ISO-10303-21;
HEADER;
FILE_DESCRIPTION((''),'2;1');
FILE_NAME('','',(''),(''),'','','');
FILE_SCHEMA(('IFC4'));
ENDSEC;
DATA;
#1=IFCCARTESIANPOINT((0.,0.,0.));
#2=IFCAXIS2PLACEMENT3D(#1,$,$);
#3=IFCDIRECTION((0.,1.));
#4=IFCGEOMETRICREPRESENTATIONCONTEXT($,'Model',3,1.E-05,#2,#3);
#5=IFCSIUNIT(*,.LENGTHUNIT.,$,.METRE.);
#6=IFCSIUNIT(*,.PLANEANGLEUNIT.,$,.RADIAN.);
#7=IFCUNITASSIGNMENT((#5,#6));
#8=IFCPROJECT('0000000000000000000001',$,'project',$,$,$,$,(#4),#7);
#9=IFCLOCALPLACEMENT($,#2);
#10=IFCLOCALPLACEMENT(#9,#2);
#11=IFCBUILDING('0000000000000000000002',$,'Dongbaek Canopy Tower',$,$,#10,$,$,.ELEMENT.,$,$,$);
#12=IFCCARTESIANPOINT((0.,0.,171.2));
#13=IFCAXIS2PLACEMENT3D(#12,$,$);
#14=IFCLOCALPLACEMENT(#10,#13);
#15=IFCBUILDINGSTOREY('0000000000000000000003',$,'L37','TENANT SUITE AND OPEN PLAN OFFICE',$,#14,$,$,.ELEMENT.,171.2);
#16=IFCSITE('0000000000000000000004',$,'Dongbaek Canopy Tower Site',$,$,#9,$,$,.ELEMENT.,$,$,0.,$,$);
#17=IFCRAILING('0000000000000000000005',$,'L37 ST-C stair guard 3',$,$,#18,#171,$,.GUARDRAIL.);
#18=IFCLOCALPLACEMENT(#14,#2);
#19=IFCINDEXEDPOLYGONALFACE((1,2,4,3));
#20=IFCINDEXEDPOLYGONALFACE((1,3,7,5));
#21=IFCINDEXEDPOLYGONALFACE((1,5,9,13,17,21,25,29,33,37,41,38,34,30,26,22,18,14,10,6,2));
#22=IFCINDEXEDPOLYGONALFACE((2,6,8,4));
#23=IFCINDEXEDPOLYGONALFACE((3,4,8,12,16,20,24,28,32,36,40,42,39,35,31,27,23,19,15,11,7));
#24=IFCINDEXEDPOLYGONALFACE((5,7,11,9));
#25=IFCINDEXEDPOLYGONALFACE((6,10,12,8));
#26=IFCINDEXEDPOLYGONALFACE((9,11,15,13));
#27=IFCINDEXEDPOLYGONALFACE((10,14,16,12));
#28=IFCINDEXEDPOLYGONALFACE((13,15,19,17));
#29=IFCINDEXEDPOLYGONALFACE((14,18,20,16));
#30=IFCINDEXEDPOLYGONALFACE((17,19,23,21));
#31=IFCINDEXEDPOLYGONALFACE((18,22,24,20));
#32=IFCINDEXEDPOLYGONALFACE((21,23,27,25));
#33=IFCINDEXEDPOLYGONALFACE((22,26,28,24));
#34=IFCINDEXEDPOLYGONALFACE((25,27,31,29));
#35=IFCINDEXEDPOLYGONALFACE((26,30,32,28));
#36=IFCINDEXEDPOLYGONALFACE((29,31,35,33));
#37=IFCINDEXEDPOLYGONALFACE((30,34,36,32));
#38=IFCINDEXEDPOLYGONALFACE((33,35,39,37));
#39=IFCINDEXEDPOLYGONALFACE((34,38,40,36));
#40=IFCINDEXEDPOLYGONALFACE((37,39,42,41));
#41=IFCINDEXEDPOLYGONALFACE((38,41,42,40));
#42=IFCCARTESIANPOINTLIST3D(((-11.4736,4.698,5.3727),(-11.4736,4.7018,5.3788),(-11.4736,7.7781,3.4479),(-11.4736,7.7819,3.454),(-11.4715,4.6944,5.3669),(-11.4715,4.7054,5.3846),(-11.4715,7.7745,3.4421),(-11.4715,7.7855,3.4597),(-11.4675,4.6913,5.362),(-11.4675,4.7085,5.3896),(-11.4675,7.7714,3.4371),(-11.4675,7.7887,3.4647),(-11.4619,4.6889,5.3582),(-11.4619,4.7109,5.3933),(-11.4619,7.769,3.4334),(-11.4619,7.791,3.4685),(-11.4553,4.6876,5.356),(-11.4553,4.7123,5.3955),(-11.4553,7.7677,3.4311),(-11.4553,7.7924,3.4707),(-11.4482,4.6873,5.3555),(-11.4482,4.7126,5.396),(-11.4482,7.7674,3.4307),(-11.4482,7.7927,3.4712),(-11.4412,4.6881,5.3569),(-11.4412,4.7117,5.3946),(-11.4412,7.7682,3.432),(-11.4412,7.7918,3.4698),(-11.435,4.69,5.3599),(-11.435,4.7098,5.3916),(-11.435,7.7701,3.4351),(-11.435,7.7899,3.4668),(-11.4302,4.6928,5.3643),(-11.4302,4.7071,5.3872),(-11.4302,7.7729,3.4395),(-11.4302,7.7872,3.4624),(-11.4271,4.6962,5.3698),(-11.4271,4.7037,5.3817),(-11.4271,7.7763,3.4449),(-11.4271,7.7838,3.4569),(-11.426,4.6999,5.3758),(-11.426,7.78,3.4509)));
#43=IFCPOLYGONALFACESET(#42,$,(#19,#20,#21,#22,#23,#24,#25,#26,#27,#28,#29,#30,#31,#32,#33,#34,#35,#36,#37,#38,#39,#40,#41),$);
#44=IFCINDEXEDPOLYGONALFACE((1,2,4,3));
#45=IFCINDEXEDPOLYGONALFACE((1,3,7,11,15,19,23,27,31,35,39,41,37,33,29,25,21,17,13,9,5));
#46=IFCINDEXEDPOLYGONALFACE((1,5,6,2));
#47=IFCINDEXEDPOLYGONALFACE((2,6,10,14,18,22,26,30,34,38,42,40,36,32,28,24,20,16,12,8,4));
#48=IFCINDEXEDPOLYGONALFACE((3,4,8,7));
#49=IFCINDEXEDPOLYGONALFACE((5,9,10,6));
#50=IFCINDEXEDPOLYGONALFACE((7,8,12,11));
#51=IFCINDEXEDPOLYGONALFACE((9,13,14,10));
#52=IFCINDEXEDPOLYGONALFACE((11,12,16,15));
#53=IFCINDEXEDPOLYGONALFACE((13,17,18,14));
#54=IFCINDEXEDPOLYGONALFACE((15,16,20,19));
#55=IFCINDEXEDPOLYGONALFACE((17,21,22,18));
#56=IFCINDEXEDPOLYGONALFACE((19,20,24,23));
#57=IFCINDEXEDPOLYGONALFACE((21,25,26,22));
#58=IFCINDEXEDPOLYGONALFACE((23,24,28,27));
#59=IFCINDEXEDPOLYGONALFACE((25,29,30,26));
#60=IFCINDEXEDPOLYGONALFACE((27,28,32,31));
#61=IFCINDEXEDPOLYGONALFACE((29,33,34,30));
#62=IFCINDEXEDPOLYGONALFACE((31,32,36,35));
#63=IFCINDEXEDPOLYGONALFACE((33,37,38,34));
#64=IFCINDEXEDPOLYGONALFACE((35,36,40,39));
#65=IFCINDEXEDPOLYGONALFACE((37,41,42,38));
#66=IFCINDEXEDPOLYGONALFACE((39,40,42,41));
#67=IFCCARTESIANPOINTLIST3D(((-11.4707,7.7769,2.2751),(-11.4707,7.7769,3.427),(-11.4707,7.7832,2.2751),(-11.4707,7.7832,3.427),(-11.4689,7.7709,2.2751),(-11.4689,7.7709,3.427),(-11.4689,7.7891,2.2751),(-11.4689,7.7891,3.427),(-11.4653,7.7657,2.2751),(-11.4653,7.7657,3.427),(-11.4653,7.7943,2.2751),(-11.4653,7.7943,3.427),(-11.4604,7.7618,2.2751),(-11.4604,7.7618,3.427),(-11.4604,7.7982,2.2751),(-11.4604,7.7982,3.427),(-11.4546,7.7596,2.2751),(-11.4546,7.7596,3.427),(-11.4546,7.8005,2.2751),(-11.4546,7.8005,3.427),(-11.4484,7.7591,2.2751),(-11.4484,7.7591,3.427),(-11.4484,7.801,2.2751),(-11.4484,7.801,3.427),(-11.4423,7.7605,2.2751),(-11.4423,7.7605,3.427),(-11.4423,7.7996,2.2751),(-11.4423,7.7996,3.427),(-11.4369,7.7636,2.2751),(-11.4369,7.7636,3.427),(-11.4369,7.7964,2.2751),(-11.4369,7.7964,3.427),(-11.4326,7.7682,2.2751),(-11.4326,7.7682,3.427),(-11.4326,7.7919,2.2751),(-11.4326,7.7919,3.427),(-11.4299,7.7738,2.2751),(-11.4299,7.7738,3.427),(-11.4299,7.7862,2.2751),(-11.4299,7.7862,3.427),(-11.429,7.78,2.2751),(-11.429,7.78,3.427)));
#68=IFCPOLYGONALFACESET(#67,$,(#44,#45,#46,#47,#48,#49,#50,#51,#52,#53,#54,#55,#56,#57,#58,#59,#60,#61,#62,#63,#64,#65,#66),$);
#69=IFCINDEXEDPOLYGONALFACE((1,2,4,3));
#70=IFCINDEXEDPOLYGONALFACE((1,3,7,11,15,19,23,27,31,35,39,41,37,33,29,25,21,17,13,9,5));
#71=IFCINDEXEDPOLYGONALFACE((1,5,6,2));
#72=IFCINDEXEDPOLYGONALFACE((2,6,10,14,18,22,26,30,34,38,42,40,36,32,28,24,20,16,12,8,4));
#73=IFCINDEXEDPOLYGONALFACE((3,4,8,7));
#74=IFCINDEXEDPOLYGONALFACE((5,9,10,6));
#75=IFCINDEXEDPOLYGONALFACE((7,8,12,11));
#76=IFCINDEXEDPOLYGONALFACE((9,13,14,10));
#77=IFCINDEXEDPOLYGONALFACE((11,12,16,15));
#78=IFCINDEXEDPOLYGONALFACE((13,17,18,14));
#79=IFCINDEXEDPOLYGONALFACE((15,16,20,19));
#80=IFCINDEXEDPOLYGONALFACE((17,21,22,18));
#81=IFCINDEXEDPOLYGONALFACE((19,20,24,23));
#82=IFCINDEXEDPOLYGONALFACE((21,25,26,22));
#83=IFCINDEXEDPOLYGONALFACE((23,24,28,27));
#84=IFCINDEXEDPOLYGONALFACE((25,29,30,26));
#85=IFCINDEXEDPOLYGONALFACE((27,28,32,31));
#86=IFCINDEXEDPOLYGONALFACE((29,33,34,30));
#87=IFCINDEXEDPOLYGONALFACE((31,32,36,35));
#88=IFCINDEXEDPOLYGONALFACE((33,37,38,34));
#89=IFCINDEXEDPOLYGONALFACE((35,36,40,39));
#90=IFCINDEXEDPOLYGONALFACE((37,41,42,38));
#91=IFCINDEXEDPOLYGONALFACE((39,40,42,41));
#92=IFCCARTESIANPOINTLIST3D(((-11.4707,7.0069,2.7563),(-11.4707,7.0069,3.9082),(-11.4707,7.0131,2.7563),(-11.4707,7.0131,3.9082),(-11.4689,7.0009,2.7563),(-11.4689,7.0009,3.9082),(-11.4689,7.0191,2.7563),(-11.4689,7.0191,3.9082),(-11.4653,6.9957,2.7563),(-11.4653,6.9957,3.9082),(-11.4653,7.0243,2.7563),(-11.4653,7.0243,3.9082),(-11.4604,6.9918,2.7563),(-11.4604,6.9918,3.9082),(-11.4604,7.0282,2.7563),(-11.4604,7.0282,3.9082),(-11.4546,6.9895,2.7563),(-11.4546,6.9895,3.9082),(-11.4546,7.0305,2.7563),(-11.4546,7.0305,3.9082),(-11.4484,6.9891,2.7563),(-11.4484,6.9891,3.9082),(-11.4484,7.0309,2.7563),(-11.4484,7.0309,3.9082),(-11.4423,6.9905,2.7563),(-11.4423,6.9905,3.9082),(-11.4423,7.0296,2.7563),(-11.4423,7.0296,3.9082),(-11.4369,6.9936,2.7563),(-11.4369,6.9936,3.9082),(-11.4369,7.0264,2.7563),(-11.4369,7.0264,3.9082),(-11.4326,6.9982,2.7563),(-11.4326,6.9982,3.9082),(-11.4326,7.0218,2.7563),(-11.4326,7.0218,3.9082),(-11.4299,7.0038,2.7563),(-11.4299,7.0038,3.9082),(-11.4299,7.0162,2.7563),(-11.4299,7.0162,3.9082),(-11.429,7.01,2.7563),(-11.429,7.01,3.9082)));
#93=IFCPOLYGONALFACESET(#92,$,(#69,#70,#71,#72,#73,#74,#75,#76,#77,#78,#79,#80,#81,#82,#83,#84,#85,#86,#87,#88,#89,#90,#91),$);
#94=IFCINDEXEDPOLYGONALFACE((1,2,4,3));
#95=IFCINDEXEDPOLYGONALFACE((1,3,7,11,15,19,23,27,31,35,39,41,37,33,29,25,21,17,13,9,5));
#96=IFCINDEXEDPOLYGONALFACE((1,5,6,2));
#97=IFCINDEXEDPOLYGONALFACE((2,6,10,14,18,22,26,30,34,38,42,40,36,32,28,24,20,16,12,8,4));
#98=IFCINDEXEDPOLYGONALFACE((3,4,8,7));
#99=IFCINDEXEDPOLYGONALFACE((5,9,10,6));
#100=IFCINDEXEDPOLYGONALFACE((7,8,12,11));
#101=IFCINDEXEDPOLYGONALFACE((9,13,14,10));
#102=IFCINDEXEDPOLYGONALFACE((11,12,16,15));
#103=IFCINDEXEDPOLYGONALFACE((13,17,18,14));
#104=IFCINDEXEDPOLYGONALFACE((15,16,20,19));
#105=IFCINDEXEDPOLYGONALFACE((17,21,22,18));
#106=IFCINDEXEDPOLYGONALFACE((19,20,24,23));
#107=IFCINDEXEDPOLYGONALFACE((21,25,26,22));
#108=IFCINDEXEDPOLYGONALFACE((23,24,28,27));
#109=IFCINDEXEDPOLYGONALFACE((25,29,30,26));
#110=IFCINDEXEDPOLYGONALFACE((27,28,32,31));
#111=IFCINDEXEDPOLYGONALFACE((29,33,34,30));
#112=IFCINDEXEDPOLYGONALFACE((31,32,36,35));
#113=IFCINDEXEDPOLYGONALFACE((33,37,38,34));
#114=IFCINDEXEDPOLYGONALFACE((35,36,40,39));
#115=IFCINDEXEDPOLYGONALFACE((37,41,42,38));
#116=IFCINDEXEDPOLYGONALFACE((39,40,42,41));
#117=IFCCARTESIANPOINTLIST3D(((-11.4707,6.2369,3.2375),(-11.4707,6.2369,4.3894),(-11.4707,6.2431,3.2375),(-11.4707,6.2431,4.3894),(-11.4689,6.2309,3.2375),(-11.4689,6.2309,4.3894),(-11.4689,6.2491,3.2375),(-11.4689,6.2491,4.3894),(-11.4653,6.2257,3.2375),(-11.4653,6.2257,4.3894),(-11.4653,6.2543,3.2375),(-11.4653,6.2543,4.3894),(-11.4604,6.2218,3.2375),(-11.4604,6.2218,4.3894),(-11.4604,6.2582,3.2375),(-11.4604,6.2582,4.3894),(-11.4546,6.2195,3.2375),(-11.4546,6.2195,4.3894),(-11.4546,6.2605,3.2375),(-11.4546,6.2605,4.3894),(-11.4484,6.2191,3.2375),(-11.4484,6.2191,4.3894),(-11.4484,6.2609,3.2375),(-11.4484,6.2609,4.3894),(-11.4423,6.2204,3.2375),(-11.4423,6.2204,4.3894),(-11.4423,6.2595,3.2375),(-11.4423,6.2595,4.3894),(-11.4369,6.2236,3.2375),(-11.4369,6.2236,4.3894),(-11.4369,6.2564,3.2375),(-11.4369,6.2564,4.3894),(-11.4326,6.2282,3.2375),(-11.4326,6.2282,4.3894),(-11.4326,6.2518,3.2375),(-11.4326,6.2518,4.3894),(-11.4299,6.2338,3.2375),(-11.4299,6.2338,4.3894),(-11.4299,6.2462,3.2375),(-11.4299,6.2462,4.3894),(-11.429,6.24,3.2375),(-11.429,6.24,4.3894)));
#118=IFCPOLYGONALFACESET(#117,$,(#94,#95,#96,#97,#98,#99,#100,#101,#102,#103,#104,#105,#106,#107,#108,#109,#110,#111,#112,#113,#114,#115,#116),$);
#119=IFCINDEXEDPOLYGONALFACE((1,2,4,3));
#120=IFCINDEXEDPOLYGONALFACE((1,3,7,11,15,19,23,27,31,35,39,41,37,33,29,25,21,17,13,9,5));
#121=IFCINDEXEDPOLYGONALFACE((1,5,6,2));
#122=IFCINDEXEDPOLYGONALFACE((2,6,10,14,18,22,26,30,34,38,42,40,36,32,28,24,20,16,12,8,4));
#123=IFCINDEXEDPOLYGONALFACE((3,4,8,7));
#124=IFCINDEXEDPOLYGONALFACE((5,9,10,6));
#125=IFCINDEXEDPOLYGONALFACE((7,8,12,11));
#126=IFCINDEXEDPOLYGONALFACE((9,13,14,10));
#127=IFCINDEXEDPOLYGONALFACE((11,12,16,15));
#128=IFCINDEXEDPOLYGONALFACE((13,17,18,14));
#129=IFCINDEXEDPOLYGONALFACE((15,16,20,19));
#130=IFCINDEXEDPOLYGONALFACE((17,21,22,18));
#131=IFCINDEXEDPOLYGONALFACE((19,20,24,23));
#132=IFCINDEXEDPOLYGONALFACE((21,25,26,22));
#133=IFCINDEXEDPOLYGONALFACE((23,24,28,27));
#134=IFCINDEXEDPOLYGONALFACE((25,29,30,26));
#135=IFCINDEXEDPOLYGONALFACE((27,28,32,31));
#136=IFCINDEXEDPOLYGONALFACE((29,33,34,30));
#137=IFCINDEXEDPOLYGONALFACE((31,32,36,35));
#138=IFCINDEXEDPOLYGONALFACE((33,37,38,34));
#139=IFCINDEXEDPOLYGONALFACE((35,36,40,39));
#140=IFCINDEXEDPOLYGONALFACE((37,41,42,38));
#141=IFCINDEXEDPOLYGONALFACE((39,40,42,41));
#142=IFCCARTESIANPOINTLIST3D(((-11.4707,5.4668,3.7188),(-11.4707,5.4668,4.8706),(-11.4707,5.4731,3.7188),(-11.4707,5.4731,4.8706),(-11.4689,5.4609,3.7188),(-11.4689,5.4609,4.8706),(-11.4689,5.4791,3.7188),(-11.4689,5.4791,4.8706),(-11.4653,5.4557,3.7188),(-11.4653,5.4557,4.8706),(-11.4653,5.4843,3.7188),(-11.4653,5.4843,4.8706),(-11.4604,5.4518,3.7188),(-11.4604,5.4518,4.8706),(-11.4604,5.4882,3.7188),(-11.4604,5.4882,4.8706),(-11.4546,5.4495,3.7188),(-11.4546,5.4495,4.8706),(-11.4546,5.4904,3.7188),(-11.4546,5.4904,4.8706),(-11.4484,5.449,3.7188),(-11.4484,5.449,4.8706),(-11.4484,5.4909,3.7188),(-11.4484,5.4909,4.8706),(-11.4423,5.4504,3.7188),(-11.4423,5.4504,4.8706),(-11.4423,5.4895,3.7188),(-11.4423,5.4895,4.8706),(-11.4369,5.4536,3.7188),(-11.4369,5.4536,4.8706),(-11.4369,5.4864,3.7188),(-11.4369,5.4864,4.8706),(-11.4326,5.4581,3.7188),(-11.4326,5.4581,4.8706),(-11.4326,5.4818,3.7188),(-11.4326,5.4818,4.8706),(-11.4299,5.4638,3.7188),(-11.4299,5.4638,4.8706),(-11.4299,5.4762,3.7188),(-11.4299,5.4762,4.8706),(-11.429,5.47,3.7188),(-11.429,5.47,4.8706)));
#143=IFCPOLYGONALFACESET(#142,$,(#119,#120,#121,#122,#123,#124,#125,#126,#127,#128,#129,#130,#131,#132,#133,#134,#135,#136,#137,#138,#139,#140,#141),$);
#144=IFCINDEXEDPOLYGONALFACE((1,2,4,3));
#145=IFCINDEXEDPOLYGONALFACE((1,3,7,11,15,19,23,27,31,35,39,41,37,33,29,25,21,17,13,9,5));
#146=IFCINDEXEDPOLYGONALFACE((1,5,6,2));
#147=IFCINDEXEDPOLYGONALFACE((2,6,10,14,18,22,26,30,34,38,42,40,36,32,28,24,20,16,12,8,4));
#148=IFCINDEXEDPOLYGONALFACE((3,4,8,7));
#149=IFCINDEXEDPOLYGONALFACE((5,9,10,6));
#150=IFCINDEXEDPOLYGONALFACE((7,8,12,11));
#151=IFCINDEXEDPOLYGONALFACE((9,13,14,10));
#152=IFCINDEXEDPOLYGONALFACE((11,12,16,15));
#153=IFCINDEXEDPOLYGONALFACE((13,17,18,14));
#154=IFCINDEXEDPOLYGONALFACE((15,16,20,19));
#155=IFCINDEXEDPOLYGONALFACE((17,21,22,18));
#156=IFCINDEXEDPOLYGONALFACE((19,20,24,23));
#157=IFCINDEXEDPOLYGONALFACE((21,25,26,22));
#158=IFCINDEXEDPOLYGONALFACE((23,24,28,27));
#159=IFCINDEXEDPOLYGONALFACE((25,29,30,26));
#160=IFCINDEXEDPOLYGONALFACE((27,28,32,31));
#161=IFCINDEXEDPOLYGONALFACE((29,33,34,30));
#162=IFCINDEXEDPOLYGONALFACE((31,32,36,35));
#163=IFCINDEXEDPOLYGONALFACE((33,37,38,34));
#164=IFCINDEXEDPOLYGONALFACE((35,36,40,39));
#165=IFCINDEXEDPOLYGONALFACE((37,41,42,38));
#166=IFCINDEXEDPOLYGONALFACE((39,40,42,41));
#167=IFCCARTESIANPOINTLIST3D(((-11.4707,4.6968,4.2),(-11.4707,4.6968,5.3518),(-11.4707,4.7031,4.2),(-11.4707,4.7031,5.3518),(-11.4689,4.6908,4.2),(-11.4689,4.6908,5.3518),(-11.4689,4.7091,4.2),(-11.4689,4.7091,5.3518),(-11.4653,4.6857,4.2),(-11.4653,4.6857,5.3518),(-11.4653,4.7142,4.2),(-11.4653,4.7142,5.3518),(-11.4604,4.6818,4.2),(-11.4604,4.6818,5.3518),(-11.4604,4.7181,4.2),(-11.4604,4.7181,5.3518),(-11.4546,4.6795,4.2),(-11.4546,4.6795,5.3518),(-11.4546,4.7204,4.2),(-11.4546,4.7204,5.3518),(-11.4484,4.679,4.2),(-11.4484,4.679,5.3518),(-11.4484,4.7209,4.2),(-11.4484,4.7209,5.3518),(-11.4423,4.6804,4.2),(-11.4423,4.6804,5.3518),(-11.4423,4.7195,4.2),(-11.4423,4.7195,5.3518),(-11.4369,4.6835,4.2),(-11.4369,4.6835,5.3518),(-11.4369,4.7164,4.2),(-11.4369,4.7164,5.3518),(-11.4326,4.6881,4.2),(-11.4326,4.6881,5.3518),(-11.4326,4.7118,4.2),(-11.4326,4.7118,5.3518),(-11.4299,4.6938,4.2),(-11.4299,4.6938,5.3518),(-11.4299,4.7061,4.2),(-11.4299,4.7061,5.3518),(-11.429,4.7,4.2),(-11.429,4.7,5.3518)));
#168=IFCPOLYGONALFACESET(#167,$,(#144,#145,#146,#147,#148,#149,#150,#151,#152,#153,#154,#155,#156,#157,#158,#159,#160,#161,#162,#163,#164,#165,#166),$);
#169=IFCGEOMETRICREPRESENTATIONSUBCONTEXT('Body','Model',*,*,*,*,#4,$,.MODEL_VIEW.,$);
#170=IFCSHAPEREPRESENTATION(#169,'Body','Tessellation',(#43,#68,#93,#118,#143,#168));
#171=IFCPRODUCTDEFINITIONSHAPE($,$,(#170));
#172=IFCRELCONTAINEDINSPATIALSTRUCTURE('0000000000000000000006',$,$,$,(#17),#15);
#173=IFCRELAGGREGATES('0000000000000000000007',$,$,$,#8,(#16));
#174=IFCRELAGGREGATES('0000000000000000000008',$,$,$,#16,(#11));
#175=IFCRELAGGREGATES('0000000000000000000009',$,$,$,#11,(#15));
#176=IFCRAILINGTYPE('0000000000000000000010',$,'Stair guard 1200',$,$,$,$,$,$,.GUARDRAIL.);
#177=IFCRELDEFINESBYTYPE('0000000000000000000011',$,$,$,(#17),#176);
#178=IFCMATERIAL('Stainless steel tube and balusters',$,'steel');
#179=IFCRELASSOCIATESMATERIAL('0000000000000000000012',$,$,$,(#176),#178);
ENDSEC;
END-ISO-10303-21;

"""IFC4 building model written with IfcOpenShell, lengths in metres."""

from ifc_helpers import new_model, si_unit, direction, frame, origin, origin_2d, place, context, subcontext, project, spatial, circle, extrude, material, type_object, element, save


model = new_model("IFC4")

# Units and contexts
model_context = context("Model", 3, precision=1e-05, world=origin(), true_north=direction((0.0, 1.0)))
body_context = subcontext(model_context, "Body", "Model", "MODEL_VIEW")
ifc_project = project(units=[si_unit("LENGTHUNIT", "METRE"), si_unit("PLANEANGLEUNIT", "RADIAN")], contexts=[model_context])

# Site, building, storey
site_placement = place(None, origin())
site = spatial("IfcSite", under=ifc_project, at=site_placement, Name="Dongbaek Canopy Tower Site", CompositionType="ELEMENT", RefElevation=0.0)
building_placement = place(site_placement, origin())
building = spatial("IfcBuilding", under=site, at=building_placement, Name="Dongbaek Canopy Tower", CompositionType="ELEMENT")
storey_placement = place(building_placement, frame((0.0, 0.0, 171.2)))
storey = spatial("IfcBuildingStorey", under=building, at=storey_placement, Name="L37", Description="TENANT SUITE AND OPEN PLAN OFFICE", CompositionType="ELEMENT", Elevation=171.2)

# Railing
ifc_material_1 = material(Name="Stainless steel tube and balusters", Category="steel")
railing_type_1 = type_object("IfcRailingType", Name="Stair guard 1200", PredefinedType="GUARDRAIL", material=ifc_material_1)
railing_1_placement = place(storey_placement, frame((-11.45, 7.78, 2.2751)))
element("IfcRailing", 1, at=railing_1_placement, inside=storey, type_object=railing_type_1, Name="L37 ST-C stair guard 3", PredefinedType="GUARDRAIL", context=body_context, shape_type="SweptSolid", body=[
    extrude(circle(Radius=0.0239, at=origin_2d()), frame((0.0, 0.0, 1.1758), z_axis=(0.0, -0.848029, 0.529951), x_axis=(1.0, 0.0, 0.0)), (0.0, 0.0, 1.0), 3.6321),
    extrude(circle(Radius=0.021, at=origin_2d()), origin(), (0.0, 0.0, 1.0), 1.1519),
    extrude(circle(Radius=0.021, at=origin_2d()), frame((0.0, -0.77, 0.4812)), (0.0, 0.0, 1.0), 1.1519),
    extrude(circle(Radius=0.021, at=origin_2d()), frame((0.0, -1.54, 0.9624)), (0.0, 0.0, 1.0), 1.1519),
    extrude(circle(Radius=0.021, at=origin_2d()), frame((0.0, -2.3101, 1.4436)), (0.0, 0.0, 1.0), 1.1519),
    extrude(circle(Radius=0.021, at=origin_2d()), frame((0.0, -3.0801, 1.9248)), (0.0, 0.0, 1.0), 1.1519),
])

save(model, "model.ifc")
